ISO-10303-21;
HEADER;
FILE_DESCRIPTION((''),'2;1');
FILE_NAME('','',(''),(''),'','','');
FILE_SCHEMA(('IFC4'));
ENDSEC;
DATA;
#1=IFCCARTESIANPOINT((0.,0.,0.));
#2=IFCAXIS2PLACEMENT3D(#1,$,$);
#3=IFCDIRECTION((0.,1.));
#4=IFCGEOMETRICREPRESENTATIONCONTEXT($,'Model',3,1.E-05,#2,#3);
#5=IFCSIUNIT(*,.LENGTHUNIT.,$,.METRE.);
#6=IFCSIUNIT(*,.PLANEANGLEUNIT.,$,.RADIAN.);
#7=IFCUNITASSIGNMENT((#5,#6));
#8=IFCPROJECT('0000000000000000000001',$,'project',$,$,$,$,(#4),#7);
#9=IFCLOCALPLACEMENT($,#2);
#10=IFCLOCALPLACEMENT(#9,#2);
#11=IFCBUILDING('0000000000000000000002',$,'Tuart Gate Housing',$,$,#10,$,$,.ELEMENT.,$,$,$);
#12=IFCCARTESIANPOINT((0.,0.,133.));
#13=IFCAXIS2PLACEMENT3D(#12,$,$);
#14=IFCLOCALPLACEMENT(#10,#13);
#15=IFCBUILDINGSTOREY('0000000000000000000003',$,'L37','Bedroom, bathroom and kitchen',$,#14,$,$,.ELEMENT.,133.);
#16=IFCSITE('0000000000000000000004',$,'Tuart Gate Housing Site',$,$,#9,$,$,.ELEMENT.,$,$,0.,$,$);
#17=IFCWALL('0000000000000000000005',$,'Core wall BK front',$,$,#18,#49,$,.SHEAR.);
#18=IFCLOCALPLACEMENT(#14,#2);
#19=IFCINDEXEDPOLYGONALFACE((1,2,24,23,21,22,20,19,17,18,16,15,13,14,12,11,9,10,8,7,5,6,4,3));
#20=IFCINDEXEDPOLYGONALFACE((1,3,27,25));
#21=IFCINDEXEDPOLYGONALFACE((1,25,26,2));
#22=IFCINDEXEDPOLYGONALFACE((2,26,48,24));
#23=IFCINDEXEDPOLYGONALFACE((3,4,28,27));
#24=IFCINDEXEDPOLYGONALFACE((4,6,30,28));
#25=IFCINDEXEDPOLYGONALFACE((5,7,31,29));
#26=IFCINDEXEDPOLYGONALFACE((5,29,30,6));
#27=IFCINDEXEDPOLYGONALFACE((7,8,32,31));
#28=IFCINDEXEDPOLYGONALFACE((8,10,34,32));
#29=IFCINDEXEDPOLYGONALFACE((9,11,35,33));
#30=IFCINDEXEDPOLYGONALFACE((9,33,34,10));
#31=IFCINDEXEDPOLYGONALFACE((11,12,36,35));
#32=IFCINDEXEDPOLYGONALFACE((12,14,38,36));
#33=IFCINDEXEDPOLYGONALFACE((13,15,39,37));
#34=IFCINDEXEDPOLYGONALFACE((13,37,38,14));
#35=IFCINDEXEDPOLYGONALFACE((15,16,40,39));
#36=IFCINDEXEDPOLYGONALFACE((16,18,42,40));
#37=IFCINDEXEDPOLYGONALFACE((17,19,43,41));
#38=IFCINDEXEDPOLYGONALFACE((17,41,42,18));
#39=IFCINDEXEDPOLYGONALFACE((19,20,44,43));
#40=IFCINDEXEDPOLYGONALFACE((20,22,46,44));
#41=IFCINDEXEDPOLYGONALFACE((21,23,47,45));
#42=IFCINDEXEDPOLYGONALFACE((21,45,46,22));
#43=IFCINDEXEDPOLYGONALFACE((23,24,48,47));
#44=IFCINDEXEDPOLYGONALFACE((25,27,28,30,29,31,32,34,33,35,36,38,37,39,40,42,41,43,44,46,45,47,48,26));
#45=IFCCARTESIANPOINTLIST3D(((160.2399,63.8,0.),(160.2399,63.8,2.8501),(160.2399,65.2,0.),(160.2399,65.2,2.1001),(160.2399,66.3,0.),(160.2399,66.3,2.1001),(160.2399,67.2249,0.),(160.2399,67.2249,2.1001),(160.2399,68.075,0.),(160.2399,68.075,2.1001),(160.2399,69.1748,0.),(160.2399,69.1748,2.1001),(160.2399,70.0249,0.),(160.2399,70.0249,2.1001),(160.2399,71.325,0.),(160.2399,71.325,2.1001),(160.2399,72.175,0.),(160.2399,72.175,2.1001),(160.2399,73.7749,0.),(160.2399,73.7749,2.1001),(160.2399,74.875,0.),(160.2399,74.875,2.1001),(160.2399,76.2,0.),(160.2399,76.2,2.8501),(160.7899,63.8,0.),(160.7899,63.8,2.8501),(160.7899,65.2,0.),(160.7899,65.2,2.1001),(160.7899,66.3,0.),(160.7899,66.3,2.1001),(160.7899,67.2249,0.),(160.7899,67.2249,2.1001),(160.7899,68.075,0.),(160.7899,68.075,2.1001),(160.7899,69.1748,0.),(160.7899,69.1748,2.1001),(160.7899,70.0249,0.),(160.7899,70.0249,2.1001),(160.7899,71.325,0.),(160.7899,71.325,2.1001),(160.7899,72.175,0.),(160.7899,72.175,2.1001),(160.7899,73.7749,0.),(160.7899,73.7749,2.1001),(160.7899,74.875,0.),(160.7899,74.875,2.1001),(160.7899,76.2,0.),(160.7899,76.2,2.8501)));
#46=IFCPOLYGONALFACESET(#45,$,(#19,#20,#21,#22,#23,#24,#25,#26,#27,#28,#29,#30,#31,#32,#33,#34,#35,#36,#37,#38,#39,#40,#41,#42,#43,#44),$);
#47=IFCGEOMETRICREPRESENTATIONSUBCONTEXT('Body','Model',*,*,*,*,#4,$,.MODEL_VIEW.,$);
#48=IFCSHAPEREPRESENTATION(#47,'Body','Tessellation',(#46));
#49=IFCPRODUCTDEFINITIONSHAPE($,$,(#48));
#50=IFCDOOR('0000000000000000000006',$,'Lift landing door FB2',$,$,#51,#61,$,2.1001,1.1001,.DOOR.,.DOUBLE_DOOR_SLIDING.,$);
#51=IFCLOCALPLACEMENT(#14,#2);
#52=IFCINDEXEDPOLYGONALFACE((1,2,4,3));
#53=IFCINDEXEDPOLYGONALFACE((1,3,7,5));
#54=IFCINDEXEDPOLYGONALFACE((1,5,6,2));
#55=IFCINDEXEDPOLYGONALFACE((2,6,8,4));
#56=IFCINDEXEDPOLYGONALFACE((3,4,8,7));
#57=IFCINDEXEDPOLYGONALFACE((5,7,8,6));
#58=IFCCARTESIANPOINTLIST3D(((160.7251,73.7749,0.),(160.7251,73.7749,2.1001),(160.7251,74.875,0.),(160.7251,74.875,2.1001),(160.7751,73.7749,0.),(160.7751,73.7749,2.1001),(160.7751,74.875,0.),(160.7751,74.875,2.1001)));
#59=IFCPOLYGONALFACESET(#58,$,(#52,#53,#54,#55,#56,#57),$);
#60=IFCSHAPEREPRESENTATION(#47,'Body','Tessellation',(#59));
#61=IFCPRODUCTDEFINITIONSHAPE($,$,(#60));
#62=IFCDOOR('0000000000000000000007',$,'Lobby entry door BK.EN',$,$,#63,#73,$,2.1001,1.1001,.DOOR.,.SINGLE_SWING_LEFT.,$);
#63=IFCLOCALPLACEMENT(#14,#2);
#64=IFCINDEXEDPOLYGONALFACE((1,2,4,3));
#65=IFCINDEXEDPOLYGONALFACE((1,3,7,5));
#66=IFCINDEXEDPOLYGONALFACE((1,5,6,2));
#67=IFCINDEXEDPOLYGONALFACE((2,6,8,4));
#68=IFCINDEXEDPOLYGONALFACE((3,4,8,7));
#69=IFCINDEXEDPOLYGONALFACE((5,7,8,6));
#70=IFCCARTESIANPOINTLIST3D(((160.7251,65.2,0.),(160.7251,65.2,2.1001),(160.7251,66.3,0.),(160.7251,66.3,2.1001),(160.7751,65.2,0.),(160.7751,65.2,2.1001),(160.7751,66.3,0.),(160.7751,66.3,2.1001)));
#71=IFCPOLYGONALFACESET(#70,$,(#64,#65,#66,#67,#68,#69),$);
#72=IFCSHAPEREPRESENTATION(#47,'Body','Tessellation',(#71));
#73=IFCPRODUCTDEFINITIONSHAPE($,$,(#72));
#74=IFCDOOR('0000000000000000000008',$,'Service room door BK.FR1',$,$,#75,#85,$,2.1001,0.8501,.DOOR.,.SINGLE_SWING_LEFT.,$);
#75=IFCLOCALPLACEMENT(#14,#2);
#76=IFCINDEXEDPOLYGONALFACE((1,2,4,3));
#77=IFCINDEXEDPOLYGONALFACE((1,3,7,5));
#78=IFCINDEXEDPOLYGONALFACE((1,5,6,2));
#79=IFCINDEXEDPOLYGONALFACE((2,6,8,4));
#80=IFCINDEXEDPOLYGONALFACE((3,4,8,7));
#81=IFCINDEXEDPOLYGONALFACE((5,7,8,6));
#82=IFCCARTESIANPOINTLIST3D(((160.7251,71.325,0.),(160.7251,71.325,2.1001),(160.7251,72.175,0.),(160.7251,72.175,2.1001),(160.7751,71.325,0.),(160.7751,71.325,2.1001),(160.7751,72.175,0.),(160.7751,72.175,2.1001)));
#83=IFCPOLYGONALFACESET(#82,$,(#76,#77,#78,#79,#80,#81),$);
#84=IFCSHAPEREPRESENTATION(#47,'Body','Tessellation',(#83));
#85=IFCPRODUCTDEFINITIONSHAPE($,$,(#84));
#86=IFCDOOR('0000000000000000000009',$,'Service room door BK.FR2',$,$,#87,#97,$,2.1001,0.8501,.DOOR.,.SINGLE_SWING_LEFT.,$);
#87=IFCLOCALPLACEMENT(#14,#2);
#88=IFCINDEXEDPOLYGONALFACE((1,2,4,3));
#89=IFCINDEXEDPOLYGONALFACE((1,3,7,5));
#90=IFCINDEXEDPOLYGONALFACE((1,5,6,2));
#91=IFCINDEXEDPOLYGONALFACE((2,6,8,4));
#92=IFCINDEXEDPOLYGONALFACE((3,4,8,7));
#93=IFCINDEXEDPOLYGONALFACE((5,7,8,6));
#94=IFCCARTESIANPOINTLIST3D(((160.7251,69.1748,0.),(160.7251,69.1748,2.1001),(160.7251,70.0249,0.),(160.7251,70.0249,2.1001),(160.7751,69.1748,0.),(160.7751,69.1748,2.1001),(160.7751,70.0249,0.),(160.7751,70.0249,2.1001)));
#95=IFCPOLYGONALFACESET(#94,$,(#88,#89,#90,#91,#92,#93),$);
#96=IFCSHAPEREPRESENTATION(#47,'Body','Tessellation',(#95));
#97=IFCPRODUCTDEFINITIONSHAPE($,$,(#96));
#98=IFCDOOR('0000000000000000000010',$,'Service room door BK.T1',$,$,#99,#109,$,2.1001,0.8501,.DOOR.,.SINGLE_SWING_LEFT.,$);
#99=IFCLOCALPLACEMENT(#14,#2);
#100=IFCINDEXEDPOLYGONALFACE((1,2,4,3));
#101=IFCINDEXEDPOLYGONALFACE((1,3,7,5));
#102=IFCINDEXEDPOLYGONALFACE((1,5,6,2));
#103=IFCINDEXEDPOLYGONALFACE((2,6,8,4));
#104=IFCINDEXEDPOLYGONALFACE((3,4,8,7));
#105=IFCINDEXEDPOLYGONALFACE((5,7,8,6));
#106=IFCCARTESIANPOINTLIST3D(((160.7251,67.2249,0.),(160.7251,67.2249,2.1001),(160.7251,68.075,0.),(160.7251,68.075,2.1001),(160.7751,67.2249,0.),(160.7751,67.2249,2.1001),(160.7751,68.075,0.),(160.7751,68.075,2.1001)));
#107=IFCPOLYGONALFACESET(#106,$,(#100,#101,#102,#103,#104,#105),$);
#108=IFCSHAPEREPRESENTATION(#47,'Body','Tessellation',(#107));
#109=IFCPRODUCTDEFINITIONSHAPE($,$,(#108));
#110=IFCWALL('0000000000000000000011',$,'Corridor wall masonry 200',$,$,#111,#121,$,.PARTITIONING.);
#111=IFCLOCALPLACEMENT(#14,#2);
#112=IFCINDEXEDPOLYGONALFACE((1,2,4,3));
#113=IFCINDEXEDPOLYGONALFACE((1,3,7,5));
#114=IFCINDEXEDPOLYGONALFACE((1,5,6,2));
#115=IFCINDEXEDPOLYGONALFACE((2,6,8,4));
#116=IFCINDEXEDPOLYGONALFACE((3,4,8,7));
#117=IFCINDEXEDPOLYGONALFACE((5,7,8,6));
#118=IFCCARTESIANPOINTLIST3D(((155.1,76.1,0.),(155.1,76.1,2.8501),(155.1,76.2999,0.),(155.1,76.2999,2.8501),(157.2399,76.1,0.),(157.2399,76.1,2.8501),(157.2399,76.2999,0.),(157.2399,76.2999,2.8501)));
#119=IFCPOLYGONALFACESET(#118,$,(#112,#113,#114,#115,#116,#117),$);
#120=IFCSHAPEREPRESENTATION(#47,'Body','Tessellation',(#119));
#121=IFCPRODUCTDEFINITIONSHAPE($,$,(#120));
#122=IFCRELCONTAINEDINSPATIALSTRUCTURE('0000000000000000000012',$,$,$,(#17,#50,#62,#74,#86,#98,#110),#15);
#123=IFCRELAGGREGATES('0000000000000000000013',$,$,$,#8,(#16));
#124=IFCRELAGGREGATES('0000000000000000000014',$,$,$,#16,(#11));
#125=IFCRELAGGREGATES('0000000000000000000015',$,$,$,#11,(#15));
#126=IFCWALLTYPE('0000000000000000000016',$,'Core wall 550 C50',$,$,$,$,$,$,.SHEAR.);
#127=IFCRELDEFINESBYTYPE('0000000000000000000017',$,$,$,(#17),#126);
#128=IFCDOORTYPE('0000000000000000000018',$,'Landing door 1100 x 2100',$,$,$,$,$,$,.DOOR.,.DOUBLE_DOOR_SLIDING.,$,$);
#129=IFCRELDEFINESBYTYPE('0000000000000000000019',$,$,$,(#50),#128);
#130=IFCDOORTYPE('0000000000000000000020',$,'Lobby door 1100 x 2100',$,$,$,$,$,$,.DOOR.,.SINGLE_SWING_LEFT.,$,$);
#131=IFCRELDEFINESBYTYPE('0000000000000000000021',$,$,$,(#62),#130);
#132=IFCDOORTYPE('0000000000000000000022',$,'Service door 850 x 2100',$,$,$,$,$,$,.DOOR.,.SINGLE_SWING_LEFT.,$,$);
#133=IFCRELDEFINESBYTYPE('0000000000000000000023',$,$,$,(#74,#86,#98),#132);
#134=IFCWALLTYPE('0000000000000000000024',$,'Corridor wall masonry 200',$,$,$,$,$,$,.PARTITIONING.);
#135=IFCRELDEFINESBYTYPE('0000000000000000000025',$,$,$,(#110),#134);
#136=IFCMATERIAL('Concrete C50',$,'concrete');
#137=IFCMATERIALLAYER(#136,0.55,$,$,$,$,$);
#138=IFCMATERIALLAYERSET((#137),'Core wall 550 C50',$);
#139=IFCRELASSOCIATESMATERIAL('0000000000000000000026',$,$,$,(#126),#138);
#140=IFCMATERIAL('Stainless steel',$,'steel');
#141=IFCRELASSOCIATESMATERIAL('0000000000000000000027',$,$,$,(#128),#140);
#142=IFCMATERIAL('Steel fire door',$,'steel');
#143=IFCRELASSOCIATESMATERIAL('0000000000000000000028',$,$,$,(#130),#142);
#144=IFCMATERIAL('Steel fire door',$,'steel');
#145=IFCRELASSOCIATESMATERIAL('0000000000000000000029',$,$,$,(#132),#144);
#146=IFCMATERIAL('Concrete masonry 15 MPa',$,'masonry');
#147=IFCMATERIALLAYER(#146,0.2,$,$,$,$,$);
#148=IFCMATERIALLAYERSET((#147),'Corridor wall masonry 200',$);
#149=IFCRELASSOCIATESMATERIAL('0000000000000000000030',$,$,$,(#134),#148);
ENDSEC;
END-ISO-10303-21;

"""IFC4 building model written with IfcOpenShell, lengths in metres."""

from ifc_helpers import new_model, si_unit, direction, frame, frame_2d, origin, place, context, subcontext, project, spatial, rectangle, extrude, material, layer, layer_set, type_object, element, fill, save


model = new_model("IFC4")

# Units and contexts
model_context = context("Model", 3, precision=1e-05, world=origin(), true_north=direction((0.0, 1.0)))
body_context = subcontext(model_context, "Body", "Model", "MODEL_VIEW")
ifc_project = project(units=[si_unit("LENGTHUNIT", "METRE"), si_unit("PLANEANGLEUNIT", "RADIAN")], contexts=[model_context])

# Site, building, storey
site_placement = place(None, origin())
site = spatial("IfcSite", under=ifc_project, at=site_placement, Name="Tuart Gate Housing Site", CompositionType="ELEMENT", RefElevation=0.0)
building_placement = place(site_placement, origin())
building = spatial("IfcBuilding", under=site, at=building_placement, Name="Tuart Gate Housing", CompositionType="ELEMENT")
storey_placement = place(building_placement, frame((0.0, 0.0, 133.0)))
storey = spatial("IfcBuildingStorey", under=building, at=storey_placement, Name="L37", Description="Bedroom, bathroom and kitchen", CompositionType="ELEMENT", Elevation=133.0)

# Wall, openings, doors
ifc_material_1 = material(Name="Concrete C50", Category="concrete")
ifc_layer_1 = layer(ifc_material_1, 0.55)
ifc_layer_set_1 = layer_set([ifc_layer_1], Name="Core wall 550 C50")
wall_type_1 = type_object("IfcWallType", Name="Core wall 550 C50", PredefinedType="SHEAR", material=ifc_layer_set_1)
wall_1_placement = place(storey_placement, frame((160.5149, 76.2, 0.0), z_axis=(0.0, 0.0, 1.0), x_axis=(0.0, -1.0, 0.0)))
wall_1 = element("IfcWall", 1, at=wall_1_placement, inside=storey, type_object=wall_type_1, Name="Core wall BK front", PredefinedType="SHEAR", context=body_context, shape_type="SweptSolid", body=[
    extrude(rectangle(XDim=12.3999, YDim=0.55, at=frame_2d((6.2, 0.0))), origin(), (0.0, 0.0, 1.0), 2.8501),
])
opening_1_placement = place(wall_1_placement, frame((1.325, 0.0, 0.0)))
opening_1 = element("IfcOpeningElement", 2, at=opening_1_placement, cuts=wall_1, PredefinedType="OPENING", context=body_context, shape_type="SweptSolid", body=[
    extrude(rectangle(XDim=1.1001, YDim=2.1001, at=frame_2d((0.55, 1.05))), frame((0.0, 0.2849, 0.0), z_axis=(0.0, -1.0, 0.0), x_axis=(1.0, 0.0, 0.0)), (0.0, 0.0, 1.0), 0.5701),
])
opening_2_placement = place(wall_1_placement, frame((4.0249, 0.0, 0.0)))
opening_2 = element("IfcOpeningElement", 3, at=opening_2_placement, cuts=wall_1, PredefinedType="OPENING", context=body_context, shape_type="SweptSolid", body=[
    extrude(rectangle(XDim=0.8501, YDim=2.1001, at=frame_2d((0.425, 1.05))), frame((0.0, 0.2849, 0.0), z_axis=(0.0, -1.0, 0.0), x_axis=(1.0, 0.0, 0.0)), (0.0, 0.0, 1.0), 0.5701),
])
opening_3_placement = place(wall_1_placement, frame((6.175, 0.0, 0.0)))
opening_3 = element("IfcOpeningElement", 4, at=opening_3_placement, cuts=wall_1, PredefinedType="OPENING", context=body_context, shape_type="SweptSolid", body=[
    extrude(rectangle(XDim=0.8501, YDim=2.1001, at=frame_2d((0.425, 1.05))), frame((0.0, 0.2849, 0.0), z_axis=(0.0, -1.0, 0.0), x_axis=(1.0, 0.0, 0.0)), (0.0, 0.0, 1.0), 0.5701),
])
opening_4_placement = place(wall_1_placement, frame((9.8999, 0.0, 0.0)))
opening_4 = element("IfcOpeningElement", 5, at=opening_4_placement, cuts=wall_1, PredefinedType="OPENING", context=body_context, shape_type="SweptSolid", body=[
    extrude(rectangle(XDim=1.1001, YDim=2.1001, at=frame_2d((0.55, 1.05))), frame((0.0, 0.2849, 0.0), z_axis=(0.0, -1.0, 0.0), x_axis=(1.0, 0.0, 0.0)), (0.0, 0.0, 1.0), 0.5701),
])
opening_5_placement = place(wall_1_placement, frame((8.125, 0.0, 0.0)))
opening_5 = element("IfcOpeningElement", 6, at=opening_5_placement, cuts=wall_1, PredefinedType="OPENING", context=body_context, shape_type="SweptSolid", body=[
    extrude(rectangle(XDim=0.8501, YDim=2.1001, at=frame_2d((0.425, 1.05))), frame((0.0, 0.2849, 0.0), z_axis=(0.0, -1.0, 0.0), x_axis=(1.0, 0.0, 0.0)), (0.0, 0.0, 1.0), 0.5701),
])
ifc_material_2 = material(Name="Stainless steel", Category="steel")
door_type_1 = type_object("IfcDoorType", Name="Landing door 1100 x 2100", OperationType="DOUBLE_DOOR_SLIDING", PredefinedType="DOOR", material=ifc_material_2)
door_1_placement = place(opening_1_placement, origin())
door_1 = element("IfcDoor", 7, at=door_1_placement, inside=storey, type_object=door_type_1, Name="Lift landing door FB2", OperationType="DOUBLE_DOOR_SLIDING", OverallHeight=2.1001, OverallWidth=1.1001, PredefinedType="DOOR", context=body_context, shape_type="SweptSolid", body=[
    extrude(rectangle(XDim=1.1001, YDim=2.1001, at=frame_2d((0.55, 1.05))), frame((0.0, 0.2603, 0.0), z_axis=(0.0, -1.0, 0.0), x_axis=(1.0, 0.0, 0.0)), (0.0, 0.0, 1.0), 0.05),
])
fill(opening_1, door_1)
ifc_material_3 = material(Name="Steel fire door", Category="steel")
door_type_2 = type_object("IfcDoorType", Name="Lobby door 1100 x 2100", OperationType="SINGLE_SWING_LEFT", PredefinedType="DOOR", material=ifc_material_3)
door_2_placement = place(opening_4_placement, origin())
door_2 = element("IfcDoor", 8, at=door_2_placement, inside=storey, type_object=door_type_2, Name="Lobby entry door BK.EN", OperationType="SINGLE_SWING_LEFT", OverallHeight=2.1001, OverallWidth=1.1001, PredefinedType="DOOR", context=body_context, shape_type="SweptSolid", body=[
    extrude(rectangle(XDim=1.1001, YDim=2.1001, at=frame_2d((0.55, 1.05))), frame((0.0, 0.2603, 0.0), z_axis=(0.0, -1.0, 0.0), x_axis=(1.0, 0.0, 0.0)), (0.0, 0.0, 1.0), 0.05),
])
fill(opening_4, door_2)
ifc_material_4 = material(Name="Steel fire door", Category="steel")
door_type_3 = type_object("IfcDoorType", Name="Service door 850 x 2100", OperationType="SINGLE_SWING_LEFT", PredefinedType="DOOR", material=ifc_material_4)
door_3_placement = place(opening_2_placement, origin())
door_3 = element("IfcDoor", 9, at=door_3_placement, inside=storey, type_object=door_type_3, Name="Service room door BK.FR1", OperationType="SINGLE_SWING_LEFT", OverallHeight=2.1001, OverallWidth=0.8501, PredefinedType="DOOR", context=body_context, shape_type="SweptSolid", body=[
    extrude(rectangle(XDim=0.8501, YDim=2.1001, at=frame_2d((0.425, 1.05))), frame((0.0, 0.2603, 0.0), z_axis=(0.0, -1.0, 0.0), x_axis=(1.0, 0.0, 0.0)), (0.0, 0.0, 1.0), 0.05),
])
fill(opening_2, door_3)
door_4_placement = place(opening_3_placement, origin())
door_4 = element("IfcDoor", 10, at=door_4_placement, inside=storey, type_object=door_type_3, Name="Service room door BK.FR2", OperationType="SINGLE_SWING_LEFT", OverallHeight=2.1001, OverallWidth=0.8501, PredefinedType="DOOR", context=body_context, shape_type="SweptSolid", body=[
    extrude(rectangle(XDim=0.8501, YDim=2.1001, at=frame_2d((0.425, 1.05))), frame((0.0, 0.2603, 0.0), z_axis=(0.0, -1.0, 0.0), x_axis=(1.0, 0.0, 0.0)), (0.0, 0.0, 1.0), 0.05),
])
fill(opening_3, door_4)
door_5_placement = place(opening_5_placement, origin())
door_5 = element("IfcDoor", 11, at=door_5_placement, inside=storey, type_object=door_type_3, Name="Service room door BK.T1", OperationType="SINGLE_SWING_LEFT", OverallHeight=2.1001, OverallWidth=0.8501, PredefinedType="DOOR", context=body_context, shape_type="SweptSolid", body=[
    extrude(rectangle(XDim=0.8501, YDim=2.1001, at=frame_2d((0.425, 1.05))), frame((0.0, 0.2603, 0.0), z_axis=(0.0, -1.0, 0.0), x_axis=(1.0, 0.0, 0.0)), (0.0, 0.0, 1.0), 0.05),
])
fill(opening_5, door_5)

# Wall
ifc_material_5 = material(Name="Concrete masonry 15 MPa", Category="masonry")
ifc_layer_2 = layer(ifc_material_5, 0.2)
ifc_layer_set_2 = layer_set([ifc_layer_2], Name="Corridor wall masonry 200")
wall_type_2 = type_object("IfcWallType", Name="Corridor wall masonry 200", PredefinedType="PARTITIONING", material=ifc_layer_set_2)
wall_2_placement = place(storey_placement, frame((155.1001, 76.2, 0.0), z_axis=(0.0, 0.0, 1.0), x_axis=(1.0, 0.0, 0.0)))
element("IfcWall", 12, at=wall_2_placement, inside=storey, type_object=wall_type_2, Name="Corridor wall masonry 200", PredefinedType="PARTITIONING", context=body_context, shape_type="SweptSolid", body=[
    extrude(rectangle(XDim=2.1399, YDim=0.2, at=frame_2d((1.0698, 0.0))), origin(), (0.0, 0.0, 1.0), 2.8501),
])

save(model, "model.ifc")
